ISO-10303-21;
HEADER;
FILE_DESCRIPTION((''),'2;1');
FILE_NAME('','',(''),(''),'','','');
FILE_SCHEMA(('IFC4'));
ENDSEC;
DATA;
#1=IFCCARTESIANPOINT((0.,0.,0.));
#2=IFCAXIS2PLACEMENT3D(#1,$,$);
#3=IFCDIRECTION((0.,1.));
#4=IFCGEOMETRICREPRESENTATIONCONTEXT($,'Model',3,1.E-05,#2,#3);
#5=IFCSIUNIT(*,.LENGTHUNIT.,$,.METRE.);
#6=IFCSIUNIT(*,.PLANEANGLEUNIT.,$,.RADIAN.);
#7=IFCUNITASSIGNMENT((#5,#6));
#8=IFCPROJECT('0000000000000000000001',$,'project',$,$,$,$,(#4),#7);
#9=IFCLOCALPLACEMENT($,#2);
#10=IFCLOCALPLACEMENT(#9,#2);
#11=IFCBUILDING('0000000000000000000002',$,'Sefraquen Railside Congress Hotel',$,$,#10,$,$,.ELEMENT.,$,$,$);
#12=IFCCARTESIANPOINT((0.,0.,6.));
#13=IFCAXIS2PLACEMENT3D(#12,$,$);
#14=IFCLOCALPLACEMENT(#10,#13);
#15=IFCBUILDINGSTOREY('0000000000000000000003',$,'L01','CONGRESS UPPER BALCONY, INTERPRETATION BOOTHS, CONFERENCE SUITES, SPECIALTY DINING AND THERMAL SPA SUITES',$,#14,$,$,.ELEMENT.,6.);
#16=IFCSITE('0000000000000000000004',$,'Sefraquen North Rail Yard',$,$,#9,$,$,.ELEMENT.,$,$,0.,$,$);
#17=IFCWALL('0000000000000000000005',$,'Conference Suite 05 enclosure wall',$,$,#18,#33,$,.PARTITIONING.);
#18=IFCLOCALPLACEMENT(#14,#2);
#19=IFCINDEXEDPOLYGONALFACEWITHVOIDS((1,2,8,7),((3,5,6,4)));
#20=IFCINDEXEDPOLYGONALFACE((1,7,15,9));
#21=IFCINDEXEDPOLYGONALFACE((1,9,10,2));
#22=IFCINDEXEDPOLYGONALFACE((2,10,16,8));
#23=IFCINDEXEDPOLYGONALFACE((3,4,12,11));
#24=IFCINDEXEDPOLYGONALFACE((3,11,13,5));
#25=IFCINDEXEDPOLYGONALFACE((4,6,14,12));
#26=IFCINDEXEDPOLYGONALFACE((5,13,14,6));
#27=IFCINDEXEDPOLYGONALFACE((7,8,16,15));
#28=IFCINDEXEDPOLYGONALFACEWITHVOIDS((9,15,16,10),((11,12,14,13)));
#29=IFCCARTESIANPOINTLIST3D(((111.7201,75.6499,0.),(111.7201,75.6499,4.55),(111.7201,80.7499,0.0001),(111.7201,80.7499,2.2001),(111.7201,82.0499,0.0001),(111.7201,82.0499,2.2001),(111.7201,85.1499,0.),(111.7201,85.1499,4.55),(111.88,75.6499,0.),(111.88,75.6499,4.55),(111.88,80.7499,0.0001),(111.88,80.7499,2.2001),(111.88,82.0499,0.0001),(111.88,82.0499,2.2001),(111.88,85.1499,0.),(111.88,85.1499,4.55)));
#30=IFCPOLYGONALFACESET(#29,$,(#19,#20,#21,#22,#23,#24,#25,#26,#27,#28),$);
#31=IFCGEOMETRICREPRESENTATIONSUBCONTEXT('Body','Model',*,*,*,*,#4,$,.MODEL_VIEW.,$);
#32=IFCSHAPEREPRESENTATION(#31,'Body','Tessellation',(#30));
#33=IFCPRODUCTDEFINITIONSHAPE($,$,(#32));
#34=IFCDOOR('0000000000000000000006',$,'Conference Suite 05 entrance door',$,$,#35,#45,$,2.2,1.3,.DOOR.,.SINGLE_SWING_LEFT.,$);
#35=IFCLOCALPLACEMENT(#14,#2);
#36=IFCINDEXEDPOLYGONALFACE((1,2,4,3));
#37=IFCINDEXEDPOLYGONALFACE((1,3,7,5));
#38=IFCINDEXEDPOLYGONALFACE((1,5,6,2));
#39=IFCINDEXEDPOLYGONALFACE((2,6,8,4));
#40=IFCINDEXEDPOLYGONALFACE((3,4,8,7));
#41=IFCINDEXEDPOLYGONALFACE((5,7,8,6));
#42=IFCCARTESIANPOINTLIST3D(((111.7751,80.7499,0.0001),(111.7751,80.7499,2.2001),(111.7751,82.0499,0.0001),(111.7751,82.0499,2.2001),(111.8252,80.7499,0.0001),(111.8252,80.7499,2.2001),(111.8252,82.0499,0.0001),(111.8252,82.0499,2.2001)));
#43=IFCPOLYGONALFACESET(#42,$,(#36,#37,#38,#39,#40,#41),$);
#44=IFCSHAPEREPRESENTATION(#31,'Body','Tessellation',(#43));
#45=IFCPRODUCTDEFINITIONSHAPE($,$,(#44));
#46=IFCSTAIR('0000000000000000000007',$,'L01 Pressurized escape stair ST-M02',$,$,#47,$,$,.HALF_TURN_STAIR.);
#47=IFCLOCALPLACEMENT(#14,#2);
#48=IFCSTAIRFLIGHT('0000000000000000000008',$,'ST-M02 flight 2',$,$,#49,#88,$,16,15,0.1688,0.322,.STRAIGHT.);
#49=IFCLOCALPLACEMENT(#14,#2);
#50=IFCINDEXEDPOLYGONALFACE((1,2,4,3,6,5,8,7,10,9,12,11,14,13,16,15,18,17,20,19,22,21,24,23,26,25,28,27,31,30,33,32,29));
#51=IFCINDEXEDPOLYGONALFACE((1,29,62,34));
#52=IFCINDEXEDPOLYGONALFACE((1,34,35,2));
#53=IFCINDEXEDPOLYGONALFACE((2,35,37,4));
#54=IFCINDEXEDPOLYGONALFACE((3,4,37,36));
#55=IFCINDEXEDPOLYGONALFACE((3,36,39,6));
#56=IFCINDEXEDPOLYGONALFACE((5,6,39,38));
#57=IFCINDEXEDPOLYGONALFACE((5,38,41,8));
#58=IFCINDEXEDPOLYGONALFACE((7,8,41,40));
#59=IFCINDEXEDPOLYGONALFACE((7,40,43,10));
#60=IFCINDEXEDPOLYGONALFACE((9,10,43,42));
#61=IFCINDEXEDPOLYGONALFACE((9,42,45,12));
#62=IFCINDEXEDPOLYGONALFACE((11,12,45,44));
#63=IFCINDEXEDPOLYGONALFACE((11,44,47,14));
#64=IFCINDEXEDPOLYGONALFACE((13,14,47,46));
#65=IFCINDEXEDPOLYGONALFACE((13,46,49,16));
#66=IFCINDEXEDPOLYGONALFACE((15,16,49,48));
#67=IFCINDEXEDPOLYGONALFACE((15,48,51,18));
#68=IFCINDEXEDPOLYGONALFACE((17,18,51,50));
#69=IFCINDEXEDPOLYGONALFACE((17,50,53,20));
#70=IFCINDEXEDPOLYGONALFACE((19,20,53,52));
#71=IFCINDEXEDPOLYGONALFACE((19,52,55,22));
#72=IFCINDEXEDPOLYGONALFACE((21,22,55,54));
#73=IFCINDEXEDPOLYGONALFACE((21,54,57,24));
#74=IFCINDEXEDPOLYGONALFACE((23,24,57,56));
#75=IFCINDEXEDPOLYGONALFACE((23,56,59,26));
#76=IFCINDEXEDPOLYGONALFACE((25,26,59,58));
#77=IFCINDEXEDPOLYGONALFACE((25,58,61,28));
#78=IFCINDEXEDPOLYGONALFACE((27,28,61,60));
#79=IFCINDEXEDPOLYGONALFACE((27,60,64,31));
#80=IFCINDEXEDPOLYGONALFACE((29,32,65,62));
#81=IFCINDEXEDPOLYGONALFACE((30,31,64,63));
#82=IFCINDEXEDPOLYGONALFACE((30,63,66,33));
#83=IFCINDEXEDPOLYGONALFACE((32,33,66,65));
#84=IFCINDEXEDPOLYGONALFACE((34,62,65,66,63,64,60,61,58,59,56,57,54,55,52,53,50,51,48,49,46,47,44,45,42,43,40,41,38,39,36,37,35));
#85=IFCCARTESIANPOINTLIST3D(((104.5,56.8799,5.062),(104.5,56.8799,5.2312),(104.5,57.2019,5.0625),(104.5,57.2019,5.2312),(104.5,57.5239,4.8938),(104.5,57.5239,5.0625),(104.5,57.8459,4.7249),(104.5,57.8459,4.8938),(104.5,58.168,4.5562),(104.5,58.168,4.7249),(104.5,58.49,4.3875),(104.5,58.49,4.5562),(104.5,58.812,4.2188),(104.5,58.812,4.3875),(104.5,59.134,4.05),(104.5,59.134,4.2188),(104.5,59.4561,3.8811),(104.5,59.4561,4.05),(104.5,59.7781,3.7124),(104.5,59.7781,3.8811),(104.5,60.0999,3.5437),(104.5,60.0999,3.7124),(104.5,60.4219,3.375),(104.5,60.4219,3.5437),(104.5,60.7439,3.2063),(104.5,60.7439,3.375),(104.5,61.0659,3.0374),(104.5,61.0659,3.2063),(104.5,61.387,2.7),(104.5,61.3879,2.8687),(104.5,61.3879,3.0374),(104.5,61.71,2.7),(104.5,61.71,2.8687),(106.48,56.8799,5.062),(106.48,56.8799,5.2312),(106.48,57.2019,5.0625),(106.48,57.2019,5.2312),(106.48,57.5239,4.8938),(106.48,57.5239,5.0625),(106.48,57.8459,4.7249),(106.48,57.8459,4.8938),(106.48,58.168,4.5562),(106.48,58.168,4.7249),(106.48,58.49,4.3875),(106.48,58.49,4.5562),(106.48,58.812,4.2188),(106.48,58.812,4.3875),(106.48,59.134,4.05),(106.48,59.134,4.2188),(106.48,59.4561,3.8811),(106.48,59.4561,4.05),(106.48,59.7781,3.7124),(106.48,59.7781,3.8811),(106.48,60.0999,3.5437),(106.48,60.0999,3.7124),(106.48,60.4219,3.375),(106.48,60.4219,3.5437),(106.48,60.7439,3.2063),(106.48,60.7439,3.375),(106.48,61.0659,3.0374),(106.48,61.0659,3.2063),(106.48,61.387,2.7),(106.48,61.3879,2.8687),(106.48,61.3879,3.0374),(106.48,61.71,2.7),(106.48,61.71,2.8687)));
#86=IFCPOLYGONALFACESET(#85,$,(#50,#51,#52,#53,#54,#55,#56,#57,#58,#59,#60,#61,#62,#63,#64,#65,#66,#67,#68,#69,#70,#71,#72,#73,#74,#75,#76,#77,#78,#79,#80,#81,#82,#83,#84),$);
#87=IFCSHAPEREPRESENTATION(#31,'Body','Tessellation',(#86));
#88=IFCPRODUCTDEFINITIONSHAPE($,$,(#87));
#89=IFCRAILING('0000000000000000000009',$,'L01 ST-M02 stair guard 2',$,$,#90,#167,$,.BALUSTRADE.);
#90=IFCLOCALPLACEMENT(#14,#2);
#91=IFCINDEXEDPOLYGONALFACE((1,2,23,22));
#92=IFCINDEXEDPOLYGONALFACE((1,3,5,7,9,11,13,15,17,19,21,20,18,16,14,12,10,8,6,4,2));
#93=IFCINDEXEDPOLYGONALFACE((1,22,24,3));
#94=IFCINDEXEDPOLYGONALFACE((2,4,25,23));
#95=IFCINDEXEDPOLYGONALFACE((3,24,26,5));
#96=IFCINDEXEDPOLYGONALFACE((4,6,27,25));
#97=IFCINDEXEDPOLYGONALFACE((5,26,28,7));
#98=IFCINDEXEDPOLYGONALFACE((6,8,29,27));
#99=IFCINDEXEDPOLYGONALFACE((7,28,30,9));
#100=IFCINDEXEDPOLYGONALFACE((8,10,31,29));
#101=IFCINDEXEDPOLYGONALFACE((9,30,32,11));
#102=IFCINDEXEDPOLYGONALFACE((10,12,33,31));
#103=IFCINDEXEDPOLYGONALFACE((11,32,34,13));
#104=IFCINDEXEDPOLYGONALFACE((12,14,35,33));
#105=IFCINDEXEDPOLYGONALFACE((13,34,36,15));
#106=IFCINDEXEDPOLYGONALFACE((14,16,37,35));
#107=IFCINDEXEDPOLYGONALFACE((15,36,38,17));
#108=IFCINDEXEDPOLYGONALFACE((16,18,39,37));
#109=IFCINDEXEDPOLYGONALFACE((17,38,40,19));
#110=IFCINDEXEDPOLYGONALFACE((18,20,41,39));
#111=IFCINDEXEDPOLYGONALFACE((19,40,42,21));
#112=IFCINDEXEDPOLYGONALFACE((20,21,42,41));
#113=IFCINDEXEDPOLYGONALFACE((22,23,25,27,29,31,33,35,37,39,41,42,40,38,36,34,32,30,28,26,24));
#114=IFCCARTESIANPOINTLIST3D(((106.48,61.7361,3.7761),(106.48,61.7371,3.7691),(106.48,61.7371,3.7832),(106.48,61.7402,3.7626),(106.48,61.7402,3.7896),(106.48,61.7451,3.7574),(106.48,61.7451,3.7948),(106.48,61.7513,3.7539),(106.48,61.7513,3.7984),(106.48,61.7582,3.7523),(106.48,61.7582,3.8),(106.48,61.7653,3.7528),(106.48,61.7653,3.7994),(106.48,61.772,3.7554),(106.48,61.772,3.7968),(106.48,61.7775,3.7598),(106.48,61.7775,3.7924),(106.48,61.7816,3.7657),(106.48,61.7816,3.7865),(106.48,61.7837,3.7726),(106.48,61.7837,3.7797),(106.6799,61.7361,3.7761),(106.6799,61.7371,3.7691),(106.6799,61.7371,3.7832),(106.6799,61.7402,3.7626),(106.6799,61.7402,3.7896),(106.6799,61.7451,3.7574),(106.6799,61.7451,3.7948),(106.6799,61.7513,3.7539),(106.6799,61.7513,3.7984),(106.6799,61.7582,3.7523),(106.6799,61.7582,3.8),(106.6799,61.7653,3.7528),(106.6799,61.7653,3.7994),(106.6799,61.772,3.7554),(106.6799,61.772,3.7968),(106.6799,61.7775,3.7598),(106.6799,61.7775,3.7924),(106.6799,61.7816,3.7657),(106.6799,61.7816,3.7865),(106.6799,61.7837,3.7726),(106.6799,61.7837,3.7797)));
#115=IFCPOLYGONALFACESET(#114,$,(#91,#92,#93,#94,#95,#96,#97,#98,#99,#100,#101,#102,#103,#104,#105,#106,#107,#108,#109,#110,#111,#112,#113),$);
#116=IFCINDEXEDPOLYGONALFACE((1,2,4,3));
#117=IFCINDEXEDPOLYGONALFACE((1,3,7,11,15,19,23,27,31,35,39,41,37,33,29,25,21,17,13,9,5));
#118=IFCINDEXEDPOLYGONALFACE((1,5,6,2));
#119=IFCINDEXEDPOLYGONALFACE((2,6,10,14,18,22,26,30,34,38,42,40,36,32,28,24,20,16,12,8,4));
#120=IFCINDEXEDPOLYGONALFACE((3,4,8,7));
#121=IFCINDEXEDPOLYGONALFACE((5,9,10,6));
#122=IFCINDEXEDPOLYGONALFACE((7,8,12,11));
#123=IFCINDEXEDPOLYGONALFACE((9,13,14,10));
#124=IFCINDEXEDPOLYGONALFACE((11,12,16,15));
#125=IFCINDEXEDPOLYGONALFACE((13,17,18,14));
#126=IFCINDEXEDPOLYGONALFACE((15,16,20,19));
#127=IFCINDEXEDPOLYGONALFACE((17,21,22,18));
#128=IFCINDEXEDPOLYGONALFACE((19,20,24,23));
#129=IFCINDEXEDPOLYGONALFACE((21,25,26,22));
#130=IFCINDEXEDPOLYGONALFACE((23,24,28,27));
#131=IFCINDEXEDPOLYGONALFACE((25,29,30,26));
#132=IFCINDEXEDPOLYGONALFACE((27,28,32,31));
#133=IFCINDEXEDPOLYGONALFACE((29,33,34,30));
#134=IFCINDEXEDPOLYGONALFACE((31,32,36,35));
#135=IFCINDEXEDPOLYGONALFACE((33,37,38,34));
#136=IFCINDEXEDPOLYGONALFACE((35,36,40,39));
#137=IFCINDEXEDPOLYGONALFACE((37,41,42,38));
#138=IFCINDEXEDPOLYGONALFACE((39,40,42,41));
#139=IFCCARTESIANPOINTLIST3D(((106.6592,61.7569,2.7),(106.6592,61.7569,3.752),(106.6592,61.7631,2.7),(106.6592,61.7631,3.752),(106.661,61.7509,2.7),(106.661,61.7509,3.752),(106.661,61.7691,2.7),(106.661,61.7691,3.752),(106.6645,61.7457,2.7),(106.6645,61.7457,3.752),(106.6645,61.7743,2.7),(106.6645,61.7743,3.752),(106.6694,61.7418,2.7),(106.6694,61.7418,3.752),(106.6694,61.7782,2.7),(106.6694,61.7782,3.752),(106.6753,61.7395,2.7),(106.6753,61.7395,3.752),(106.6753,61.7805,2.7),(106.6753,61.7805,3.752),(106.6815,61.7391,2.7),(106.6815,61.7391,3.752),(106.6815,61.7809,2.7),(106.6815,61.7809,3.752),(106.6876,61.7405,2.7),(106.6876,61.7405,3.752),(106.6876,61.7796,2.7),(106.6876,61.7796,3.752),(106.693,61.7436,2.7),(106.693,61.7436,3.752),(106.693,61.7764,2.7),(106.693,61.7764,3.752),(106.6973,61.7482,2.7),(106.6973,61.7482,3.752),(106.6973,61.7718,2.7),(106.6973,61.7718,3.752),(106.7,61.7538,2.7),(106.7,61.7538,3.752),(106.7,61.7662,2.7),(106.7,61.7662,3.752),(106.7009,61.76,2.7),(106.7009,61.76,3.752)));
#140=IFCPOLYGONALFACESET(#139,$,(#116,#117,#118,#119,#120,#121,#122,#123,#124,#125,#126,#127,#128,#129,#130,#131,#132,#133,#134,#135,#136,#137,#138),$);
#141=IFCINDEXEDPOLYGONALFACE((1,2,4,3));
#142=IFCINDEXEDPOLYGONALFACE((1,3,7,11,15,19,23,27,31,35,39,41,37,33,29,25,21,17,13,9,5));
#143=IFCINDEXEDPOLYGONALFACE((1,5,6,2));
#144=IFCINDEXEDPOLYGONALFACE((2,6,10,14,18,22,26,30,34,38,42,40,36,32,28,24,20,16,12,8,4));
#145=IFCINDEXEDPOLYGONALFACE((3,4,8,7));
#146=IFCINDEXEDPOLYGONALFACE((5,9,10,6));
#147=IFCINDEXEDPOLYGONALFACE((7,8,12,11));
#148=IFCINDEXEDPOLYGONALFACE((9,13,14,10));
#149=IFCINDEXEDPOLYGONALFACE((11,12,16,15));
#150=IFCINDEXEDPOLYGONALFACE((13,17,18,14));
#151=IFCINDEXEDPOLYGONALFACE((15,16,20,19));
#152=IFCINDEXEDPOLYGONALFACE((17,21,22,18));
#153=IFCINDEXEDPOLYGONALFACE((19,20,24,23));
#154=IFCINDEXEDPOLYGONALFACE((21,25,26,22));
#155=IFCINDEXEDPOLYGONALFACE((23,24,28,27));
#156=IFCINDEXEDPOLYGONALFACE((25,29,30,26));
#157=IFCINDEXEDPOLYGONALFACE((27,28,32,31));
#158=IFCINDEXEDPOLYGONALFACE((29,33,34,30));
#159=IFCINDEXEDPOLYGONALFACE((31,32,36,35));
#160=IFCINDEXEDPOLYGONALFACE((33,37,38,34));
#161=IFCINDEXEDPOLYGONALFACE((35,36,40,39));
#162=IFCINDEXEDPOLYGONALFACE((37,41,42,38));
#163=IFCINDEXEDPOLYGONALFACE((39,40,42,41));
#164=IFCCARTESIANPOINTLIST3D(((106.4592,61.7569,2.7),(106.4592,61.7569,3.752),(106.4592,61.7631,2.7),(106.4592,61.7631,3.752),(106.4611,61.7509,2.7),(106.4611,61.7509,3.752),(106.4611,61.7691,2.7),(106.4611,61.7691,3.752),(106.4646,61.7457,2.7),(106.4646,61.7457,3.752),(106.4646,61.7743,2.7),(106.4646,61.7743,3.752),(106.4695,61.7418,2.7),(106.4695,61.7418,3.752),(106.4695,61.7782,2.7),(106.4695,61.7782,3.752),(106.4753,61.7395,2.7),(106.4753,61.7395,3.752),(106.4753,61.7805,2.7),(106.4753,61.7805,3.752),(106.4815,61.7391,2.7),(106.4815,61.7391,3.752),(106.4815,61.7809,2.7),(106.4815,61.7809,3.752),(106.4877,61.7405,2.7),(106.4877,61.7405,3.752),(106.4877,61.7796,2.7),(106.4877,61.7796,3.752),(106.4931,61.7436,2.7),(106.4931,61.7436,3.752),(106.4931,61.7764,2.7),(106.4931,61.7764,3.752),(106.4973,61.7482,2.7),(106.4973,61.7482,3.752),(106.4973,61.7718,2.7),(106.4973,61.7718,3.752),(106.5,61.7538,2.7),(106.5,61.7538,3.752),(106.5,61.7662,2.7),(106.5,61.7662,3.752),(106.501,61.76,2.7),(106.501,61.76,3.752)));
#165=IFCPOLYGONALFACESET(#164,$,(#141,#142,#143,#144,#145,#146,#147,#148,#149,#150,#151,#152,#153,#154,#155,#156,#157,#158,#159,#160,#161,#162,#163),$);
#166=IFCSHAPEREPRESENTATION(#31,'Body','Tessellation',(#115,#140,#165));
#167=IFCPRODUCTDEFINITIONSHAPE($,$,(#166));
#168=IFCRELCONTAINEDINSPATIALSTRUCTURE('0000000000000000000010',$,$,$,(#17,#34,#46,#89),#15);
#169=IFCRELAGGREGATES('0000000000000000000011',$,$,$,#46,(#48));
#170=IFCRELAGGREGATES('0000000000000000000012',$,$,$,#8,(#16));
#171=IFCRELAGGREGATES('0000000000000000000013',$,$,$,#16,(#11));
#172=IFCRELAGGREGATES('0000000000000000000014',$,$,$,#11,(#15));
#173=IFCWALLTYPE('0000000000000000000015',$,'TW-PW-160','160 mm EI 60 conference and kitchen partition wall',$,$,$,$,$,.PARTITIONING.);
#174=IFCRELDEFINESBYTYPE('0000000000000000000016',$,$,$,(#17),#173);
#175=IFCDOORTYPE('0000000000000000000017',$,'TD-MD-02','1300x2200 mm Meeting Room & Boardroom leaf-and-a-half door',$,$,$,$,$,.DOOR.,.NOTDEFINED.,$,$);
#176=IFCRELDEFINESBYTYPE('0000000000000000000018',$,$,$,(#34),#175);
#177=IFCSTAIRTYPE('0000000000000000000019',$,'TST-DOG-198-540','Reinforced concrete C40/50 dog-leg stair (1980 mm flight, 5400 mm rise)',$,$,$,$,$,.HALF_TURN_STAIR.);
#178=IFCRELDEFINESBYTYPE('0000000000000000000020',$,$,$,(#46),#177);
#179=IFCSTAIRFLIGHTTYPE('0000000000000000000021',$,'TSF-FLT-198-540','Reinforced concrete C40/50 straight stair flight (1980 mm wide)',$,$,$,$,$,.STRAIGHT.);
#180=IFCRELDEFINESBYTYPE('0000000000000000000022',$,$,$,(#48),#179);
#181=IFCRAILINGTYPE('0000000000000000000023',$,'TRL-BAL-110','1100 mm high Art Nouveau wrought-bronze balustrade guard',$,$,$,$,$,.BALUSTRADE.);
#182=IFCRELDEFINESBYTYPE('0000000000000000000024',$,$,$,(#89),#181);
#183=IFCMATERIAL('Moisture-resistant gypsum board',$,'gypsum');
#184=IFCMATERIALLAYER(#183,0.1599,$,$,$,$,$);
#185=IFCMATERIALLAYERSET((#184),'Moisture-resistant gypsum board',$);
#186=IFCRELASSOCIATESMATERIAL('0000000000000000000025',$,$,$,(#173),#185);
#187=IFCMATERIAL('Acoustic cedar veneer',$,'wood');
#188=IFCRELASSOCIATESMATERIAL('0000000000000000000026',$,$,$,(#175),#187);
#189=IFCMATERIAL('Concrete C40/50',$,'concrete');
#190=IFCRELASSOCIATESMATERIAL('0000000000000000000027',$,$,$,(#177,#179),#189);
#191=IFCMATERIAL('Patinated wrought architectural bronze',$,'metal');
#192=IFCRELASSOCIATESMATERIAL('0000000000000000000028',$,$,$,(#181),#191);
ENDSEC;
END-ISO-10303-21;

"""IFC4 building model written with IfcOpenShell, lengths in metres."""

from ifc_helpers import new_model, si_unit, direction, frame, frame_2d, origin, origin_2d, place, context, subcontext, project, spatial, polyline, rectangle, circle, outline, extrude, material, layer, layer_set, type_object, element, fill, aggregate, save


model = new_model("IFC4")

# Units and contexts
model_context = context("Model", 3, precision=1e-05, world=origin(), true_north=direction((0.0, 1.0)))
body_context = subcontext(model_context, "Body", "Model", "MODEL_VIEW")
ifc_project = project(units=[si_unit("LENGTHUNIT", "METRE"), si_unit("PLANEANGLEUNIT", "RADIAN")], contexts=[model_context])

# Site, building, storey
site_placement = place(None, origin())
site = spatial("IfcSite", under=ifc_project, at=site_placement, Name="Sefraquen North Rail Yard", CompositionType="ELEMENT", RefElevation=0.0)
building_placement = place(site_placement, origin())
building = spatial("IfcBuilding", under=site, at=building_placement, Name="Sefraquen Railside Congress Hotel", CompositionType="ELEMENT")
storey_placement = place(building_placement, frame((0.0, 0.0, 6.0)))
storey = spatial("IfcBuildingStorey", under=building, at=storey_placement, Name="L01", Description="CONGRESS UPPER BALCONY, INTERPRETATION BOOTHS, CONFERENCE SUITES, SPECIALTY DINING AND THERMAL SPA SUITES", CompositionType="ELEMENT", Elevation=6.0)

# Wall, opening, door
ifc_material_1 = material(Name="Moisture-resistant gypsum board", Category="gypsum")
ifc_layer_1 = layer(ifc_material_1, 0.1599)
ifc_layer_set_1 = layer_set([ifc_layer_1], Name="Moisture-resistant gypsum board")
wall_type_1 = type_object("IfcWallType", Name="TW-PW-160", Description="160 mm EI 60 conference and kitchen partition wall", PredefinedType="PARTITIONING", material=ifc_layer_set_1)
wall_1_placement = place(storey_placement, frame((111.8, 75.6499, 0.0), z_axis=(0.0, 0.0, 1.0), x_axis=(0.0, 1.0, 0.0)))
wall_1 = element("IfcWall", 1, at=wall_1_placement, inside=storey, type_object=wall_type_1, Name="Conference Suite 05 enclosure wall", PredefinedType="PARTITIONING", context=body_context, shape_type="SweptSolid", body=[
    extrude(rectangle(XDim=9.5, YDim=0.1599, at=frame_2d((4.75, 0.0))), origin(), (0.0, 0.0, 1.0), 4.55),
])
opening_placement = place(wall_1_placement, frame((5.1001, 0.0, 0.0)))
opening = element("IfcOpeningElement", 2, at=opening_placement, cuts=wall_1, PredefinedType="OPENING", context=body_context, shape_type="SweptSolid", body=[
    extrude(rectangle(XDim=1.3, YDim=2.2, at=frame_2d((0.6499, 1.1001))), frame((0.0, 0.0898, 0.0), z_axis=(0.0, -1.0, 0.0), x_axis=(1.0, 0.0, 0.0)), (0.0, 0.0, 1.0), 0.1799),
])
ifc_material_2 = material(Name="Acoustic cedar veneer", Category="wood")
door_type = type_object("IfcDoorType", Name="TD-MD-02", Description="1300x2200 mm Meeting Room & Boardroom leaf-and-a-half door", OperationType="NOTDEFINED", PredefinedType="DOOR", material=ifc_material_2)
door_placement = place(opening_placement, origin())
door = element("IfcDoor", 3, at=door_placement, inside=storey, type_object=door_type, Name="Conference Suite 05 entrance door", OperationType="SINGLE_SWING_LEFT", OverallHeight=2.2, OverallWidth=1.3, PredefinedType="DOOR", context=body_context, shape_type="SweptSolid", body=[
    extrude(rectangle(XDim=1.3, YDim=2.2, at=frame_2d((0.6499, 1.1001))), frame((0.0, 0.0249, 0.0), z_axis=(0.0, -1.0, 0.0), x_axis=(1.0, 0.0, 0.0)), (0.0, 0.0, 1.0), 0.05),
])
fill(opening, door)

# Stair, stair flight
ifc_material_3 = material(Name="Concrete C40/50", Category="concrete")
stair_type = type_object("IfcStairType", Name="TST-DOG-198-540", Description="Reinforced concrete C40/50 dog-leg stair (1980 mm flight, 5400 mm rise)", PredefinedType="HALF_TURN_STAIR", material=ifc_material_3)
stair_placement = place(storey_placement, origin())
stair = element("IfcStair", 4, at=stair_placement, inside=storey, type_object=stair_type, Name="L01 Pressurized escape stair ST-M02", PredefinedType="HALF_TURN_STAIR")
stair_flight_type = type_object("IfcStairFlightType", Name="TSF-FLT-198-540", Description="Reinforced concrete C40/50 straight stair flight (1980 mm wide)", PredefinedType="STRAIGHT", material=ifc_material_3)
stair_flight_placement = place(storey_placement, frame((105.49, 61.71, 2.7), z_axis=(0.0, 0.0, 1.0), x_axis=(0.0, -1.0, 0.0)))
stair_flight = element("IfcStairFlight", 5, at=stair_flight_placement, type_object=stair_flight_type, Name="ST-M02 flight 2", NumberOfRisers=16, NumberOfTreads=15, PredefinedType="STRAIGHT", RiserHeight=0.1688, TreadLength=0.322, context=body_context, shape_type="SweptSolid", body=[
    extrude(outline(polyline([(0.0, 0.0), (0.0, 0.1687), (0.322, 0.1687), (0.322, 0.3374), (0.644, 0.3374), (0.644, 0.5063), (0.9661, 0.5063), (0.9661, 0.675), (1.2881, 0.675), (1.2881, 0.8438), (1.6101, 0.8438), (1.6101, 1.0125), (1.9319, 1.0125), (1.9319, 1.1812), (2.2539, 1.1812), (2.2539, 1.3501), (2.5759, 1.3501), (2.5759, 1.5188), (2.8979, 1.5188), (2.8979, 1.6875), (3.22, 1.6875), (3.22, 1.8562), (3.542, 1.8562), (3.542, 2.0249), (3.864, 2.0249), (3.864, 2.1938), (4.186, 2.1938), (4.186, 2.3625), (4.5081, 2.3625), (4.5081, 2.5312), (4.8301, 2.5312), (4.8301, 2.7), (4.8301, 2.3621), (0.323, 0.0), (0.0, 0.0)])), frame((0.0, 0.99, 0.0), z_axis=(0.0, -1.0, 0.0), x_axis=(1.0, 0.0, 0.0)), (0.0, 0.0, 1.0), 1.98),
])
aggregate(stair, [stair_flight])

# Railing
ifc_material_4 = material(Name="Patinated wrought architectural bronze", Category="metal")
railing_type_1 = type_object("IfcRailingType", Name="TRL-BAL-110", Description="1100 mm high Art Nouveau wrought-bronze balustrade guard", PredefinedType="BALUSTRADE", material=ifc_material_4)
railing_1_placement = place(storey_placement, frame((106.6799, 61.76, 2.7)))
element("IfcRailing", 6, at=railing_1_placement, inside=storey, type_object=railing_type_1, Name="L01 ST-M02 stair guard 2", PredefinedType="BALUSTRADE", context=body_context, shape_type="SweptSolid", body=[
    extrude(circle(Radius=0.0239, at=origin_2d()), frame((0.0, 0.0, 1.0762), z_axis=(-1.0, 0.0, 0.0), x_axis=(0.0, -1.0, 0.0)), (0.0, 0.0, 1.0), 0.2),
    extrude(circle(Radius=0.021, at=origin_2d()), origin(), (0.0, 0.0, 1.0), 1.052),
    extrude(circle(Radius=0.021, at=origin_2d()), frame((-0.2, 0.0, 0.0)), (0.0, 0.0, 1.0), 1.052),
])

save(model, "model.ifc")
